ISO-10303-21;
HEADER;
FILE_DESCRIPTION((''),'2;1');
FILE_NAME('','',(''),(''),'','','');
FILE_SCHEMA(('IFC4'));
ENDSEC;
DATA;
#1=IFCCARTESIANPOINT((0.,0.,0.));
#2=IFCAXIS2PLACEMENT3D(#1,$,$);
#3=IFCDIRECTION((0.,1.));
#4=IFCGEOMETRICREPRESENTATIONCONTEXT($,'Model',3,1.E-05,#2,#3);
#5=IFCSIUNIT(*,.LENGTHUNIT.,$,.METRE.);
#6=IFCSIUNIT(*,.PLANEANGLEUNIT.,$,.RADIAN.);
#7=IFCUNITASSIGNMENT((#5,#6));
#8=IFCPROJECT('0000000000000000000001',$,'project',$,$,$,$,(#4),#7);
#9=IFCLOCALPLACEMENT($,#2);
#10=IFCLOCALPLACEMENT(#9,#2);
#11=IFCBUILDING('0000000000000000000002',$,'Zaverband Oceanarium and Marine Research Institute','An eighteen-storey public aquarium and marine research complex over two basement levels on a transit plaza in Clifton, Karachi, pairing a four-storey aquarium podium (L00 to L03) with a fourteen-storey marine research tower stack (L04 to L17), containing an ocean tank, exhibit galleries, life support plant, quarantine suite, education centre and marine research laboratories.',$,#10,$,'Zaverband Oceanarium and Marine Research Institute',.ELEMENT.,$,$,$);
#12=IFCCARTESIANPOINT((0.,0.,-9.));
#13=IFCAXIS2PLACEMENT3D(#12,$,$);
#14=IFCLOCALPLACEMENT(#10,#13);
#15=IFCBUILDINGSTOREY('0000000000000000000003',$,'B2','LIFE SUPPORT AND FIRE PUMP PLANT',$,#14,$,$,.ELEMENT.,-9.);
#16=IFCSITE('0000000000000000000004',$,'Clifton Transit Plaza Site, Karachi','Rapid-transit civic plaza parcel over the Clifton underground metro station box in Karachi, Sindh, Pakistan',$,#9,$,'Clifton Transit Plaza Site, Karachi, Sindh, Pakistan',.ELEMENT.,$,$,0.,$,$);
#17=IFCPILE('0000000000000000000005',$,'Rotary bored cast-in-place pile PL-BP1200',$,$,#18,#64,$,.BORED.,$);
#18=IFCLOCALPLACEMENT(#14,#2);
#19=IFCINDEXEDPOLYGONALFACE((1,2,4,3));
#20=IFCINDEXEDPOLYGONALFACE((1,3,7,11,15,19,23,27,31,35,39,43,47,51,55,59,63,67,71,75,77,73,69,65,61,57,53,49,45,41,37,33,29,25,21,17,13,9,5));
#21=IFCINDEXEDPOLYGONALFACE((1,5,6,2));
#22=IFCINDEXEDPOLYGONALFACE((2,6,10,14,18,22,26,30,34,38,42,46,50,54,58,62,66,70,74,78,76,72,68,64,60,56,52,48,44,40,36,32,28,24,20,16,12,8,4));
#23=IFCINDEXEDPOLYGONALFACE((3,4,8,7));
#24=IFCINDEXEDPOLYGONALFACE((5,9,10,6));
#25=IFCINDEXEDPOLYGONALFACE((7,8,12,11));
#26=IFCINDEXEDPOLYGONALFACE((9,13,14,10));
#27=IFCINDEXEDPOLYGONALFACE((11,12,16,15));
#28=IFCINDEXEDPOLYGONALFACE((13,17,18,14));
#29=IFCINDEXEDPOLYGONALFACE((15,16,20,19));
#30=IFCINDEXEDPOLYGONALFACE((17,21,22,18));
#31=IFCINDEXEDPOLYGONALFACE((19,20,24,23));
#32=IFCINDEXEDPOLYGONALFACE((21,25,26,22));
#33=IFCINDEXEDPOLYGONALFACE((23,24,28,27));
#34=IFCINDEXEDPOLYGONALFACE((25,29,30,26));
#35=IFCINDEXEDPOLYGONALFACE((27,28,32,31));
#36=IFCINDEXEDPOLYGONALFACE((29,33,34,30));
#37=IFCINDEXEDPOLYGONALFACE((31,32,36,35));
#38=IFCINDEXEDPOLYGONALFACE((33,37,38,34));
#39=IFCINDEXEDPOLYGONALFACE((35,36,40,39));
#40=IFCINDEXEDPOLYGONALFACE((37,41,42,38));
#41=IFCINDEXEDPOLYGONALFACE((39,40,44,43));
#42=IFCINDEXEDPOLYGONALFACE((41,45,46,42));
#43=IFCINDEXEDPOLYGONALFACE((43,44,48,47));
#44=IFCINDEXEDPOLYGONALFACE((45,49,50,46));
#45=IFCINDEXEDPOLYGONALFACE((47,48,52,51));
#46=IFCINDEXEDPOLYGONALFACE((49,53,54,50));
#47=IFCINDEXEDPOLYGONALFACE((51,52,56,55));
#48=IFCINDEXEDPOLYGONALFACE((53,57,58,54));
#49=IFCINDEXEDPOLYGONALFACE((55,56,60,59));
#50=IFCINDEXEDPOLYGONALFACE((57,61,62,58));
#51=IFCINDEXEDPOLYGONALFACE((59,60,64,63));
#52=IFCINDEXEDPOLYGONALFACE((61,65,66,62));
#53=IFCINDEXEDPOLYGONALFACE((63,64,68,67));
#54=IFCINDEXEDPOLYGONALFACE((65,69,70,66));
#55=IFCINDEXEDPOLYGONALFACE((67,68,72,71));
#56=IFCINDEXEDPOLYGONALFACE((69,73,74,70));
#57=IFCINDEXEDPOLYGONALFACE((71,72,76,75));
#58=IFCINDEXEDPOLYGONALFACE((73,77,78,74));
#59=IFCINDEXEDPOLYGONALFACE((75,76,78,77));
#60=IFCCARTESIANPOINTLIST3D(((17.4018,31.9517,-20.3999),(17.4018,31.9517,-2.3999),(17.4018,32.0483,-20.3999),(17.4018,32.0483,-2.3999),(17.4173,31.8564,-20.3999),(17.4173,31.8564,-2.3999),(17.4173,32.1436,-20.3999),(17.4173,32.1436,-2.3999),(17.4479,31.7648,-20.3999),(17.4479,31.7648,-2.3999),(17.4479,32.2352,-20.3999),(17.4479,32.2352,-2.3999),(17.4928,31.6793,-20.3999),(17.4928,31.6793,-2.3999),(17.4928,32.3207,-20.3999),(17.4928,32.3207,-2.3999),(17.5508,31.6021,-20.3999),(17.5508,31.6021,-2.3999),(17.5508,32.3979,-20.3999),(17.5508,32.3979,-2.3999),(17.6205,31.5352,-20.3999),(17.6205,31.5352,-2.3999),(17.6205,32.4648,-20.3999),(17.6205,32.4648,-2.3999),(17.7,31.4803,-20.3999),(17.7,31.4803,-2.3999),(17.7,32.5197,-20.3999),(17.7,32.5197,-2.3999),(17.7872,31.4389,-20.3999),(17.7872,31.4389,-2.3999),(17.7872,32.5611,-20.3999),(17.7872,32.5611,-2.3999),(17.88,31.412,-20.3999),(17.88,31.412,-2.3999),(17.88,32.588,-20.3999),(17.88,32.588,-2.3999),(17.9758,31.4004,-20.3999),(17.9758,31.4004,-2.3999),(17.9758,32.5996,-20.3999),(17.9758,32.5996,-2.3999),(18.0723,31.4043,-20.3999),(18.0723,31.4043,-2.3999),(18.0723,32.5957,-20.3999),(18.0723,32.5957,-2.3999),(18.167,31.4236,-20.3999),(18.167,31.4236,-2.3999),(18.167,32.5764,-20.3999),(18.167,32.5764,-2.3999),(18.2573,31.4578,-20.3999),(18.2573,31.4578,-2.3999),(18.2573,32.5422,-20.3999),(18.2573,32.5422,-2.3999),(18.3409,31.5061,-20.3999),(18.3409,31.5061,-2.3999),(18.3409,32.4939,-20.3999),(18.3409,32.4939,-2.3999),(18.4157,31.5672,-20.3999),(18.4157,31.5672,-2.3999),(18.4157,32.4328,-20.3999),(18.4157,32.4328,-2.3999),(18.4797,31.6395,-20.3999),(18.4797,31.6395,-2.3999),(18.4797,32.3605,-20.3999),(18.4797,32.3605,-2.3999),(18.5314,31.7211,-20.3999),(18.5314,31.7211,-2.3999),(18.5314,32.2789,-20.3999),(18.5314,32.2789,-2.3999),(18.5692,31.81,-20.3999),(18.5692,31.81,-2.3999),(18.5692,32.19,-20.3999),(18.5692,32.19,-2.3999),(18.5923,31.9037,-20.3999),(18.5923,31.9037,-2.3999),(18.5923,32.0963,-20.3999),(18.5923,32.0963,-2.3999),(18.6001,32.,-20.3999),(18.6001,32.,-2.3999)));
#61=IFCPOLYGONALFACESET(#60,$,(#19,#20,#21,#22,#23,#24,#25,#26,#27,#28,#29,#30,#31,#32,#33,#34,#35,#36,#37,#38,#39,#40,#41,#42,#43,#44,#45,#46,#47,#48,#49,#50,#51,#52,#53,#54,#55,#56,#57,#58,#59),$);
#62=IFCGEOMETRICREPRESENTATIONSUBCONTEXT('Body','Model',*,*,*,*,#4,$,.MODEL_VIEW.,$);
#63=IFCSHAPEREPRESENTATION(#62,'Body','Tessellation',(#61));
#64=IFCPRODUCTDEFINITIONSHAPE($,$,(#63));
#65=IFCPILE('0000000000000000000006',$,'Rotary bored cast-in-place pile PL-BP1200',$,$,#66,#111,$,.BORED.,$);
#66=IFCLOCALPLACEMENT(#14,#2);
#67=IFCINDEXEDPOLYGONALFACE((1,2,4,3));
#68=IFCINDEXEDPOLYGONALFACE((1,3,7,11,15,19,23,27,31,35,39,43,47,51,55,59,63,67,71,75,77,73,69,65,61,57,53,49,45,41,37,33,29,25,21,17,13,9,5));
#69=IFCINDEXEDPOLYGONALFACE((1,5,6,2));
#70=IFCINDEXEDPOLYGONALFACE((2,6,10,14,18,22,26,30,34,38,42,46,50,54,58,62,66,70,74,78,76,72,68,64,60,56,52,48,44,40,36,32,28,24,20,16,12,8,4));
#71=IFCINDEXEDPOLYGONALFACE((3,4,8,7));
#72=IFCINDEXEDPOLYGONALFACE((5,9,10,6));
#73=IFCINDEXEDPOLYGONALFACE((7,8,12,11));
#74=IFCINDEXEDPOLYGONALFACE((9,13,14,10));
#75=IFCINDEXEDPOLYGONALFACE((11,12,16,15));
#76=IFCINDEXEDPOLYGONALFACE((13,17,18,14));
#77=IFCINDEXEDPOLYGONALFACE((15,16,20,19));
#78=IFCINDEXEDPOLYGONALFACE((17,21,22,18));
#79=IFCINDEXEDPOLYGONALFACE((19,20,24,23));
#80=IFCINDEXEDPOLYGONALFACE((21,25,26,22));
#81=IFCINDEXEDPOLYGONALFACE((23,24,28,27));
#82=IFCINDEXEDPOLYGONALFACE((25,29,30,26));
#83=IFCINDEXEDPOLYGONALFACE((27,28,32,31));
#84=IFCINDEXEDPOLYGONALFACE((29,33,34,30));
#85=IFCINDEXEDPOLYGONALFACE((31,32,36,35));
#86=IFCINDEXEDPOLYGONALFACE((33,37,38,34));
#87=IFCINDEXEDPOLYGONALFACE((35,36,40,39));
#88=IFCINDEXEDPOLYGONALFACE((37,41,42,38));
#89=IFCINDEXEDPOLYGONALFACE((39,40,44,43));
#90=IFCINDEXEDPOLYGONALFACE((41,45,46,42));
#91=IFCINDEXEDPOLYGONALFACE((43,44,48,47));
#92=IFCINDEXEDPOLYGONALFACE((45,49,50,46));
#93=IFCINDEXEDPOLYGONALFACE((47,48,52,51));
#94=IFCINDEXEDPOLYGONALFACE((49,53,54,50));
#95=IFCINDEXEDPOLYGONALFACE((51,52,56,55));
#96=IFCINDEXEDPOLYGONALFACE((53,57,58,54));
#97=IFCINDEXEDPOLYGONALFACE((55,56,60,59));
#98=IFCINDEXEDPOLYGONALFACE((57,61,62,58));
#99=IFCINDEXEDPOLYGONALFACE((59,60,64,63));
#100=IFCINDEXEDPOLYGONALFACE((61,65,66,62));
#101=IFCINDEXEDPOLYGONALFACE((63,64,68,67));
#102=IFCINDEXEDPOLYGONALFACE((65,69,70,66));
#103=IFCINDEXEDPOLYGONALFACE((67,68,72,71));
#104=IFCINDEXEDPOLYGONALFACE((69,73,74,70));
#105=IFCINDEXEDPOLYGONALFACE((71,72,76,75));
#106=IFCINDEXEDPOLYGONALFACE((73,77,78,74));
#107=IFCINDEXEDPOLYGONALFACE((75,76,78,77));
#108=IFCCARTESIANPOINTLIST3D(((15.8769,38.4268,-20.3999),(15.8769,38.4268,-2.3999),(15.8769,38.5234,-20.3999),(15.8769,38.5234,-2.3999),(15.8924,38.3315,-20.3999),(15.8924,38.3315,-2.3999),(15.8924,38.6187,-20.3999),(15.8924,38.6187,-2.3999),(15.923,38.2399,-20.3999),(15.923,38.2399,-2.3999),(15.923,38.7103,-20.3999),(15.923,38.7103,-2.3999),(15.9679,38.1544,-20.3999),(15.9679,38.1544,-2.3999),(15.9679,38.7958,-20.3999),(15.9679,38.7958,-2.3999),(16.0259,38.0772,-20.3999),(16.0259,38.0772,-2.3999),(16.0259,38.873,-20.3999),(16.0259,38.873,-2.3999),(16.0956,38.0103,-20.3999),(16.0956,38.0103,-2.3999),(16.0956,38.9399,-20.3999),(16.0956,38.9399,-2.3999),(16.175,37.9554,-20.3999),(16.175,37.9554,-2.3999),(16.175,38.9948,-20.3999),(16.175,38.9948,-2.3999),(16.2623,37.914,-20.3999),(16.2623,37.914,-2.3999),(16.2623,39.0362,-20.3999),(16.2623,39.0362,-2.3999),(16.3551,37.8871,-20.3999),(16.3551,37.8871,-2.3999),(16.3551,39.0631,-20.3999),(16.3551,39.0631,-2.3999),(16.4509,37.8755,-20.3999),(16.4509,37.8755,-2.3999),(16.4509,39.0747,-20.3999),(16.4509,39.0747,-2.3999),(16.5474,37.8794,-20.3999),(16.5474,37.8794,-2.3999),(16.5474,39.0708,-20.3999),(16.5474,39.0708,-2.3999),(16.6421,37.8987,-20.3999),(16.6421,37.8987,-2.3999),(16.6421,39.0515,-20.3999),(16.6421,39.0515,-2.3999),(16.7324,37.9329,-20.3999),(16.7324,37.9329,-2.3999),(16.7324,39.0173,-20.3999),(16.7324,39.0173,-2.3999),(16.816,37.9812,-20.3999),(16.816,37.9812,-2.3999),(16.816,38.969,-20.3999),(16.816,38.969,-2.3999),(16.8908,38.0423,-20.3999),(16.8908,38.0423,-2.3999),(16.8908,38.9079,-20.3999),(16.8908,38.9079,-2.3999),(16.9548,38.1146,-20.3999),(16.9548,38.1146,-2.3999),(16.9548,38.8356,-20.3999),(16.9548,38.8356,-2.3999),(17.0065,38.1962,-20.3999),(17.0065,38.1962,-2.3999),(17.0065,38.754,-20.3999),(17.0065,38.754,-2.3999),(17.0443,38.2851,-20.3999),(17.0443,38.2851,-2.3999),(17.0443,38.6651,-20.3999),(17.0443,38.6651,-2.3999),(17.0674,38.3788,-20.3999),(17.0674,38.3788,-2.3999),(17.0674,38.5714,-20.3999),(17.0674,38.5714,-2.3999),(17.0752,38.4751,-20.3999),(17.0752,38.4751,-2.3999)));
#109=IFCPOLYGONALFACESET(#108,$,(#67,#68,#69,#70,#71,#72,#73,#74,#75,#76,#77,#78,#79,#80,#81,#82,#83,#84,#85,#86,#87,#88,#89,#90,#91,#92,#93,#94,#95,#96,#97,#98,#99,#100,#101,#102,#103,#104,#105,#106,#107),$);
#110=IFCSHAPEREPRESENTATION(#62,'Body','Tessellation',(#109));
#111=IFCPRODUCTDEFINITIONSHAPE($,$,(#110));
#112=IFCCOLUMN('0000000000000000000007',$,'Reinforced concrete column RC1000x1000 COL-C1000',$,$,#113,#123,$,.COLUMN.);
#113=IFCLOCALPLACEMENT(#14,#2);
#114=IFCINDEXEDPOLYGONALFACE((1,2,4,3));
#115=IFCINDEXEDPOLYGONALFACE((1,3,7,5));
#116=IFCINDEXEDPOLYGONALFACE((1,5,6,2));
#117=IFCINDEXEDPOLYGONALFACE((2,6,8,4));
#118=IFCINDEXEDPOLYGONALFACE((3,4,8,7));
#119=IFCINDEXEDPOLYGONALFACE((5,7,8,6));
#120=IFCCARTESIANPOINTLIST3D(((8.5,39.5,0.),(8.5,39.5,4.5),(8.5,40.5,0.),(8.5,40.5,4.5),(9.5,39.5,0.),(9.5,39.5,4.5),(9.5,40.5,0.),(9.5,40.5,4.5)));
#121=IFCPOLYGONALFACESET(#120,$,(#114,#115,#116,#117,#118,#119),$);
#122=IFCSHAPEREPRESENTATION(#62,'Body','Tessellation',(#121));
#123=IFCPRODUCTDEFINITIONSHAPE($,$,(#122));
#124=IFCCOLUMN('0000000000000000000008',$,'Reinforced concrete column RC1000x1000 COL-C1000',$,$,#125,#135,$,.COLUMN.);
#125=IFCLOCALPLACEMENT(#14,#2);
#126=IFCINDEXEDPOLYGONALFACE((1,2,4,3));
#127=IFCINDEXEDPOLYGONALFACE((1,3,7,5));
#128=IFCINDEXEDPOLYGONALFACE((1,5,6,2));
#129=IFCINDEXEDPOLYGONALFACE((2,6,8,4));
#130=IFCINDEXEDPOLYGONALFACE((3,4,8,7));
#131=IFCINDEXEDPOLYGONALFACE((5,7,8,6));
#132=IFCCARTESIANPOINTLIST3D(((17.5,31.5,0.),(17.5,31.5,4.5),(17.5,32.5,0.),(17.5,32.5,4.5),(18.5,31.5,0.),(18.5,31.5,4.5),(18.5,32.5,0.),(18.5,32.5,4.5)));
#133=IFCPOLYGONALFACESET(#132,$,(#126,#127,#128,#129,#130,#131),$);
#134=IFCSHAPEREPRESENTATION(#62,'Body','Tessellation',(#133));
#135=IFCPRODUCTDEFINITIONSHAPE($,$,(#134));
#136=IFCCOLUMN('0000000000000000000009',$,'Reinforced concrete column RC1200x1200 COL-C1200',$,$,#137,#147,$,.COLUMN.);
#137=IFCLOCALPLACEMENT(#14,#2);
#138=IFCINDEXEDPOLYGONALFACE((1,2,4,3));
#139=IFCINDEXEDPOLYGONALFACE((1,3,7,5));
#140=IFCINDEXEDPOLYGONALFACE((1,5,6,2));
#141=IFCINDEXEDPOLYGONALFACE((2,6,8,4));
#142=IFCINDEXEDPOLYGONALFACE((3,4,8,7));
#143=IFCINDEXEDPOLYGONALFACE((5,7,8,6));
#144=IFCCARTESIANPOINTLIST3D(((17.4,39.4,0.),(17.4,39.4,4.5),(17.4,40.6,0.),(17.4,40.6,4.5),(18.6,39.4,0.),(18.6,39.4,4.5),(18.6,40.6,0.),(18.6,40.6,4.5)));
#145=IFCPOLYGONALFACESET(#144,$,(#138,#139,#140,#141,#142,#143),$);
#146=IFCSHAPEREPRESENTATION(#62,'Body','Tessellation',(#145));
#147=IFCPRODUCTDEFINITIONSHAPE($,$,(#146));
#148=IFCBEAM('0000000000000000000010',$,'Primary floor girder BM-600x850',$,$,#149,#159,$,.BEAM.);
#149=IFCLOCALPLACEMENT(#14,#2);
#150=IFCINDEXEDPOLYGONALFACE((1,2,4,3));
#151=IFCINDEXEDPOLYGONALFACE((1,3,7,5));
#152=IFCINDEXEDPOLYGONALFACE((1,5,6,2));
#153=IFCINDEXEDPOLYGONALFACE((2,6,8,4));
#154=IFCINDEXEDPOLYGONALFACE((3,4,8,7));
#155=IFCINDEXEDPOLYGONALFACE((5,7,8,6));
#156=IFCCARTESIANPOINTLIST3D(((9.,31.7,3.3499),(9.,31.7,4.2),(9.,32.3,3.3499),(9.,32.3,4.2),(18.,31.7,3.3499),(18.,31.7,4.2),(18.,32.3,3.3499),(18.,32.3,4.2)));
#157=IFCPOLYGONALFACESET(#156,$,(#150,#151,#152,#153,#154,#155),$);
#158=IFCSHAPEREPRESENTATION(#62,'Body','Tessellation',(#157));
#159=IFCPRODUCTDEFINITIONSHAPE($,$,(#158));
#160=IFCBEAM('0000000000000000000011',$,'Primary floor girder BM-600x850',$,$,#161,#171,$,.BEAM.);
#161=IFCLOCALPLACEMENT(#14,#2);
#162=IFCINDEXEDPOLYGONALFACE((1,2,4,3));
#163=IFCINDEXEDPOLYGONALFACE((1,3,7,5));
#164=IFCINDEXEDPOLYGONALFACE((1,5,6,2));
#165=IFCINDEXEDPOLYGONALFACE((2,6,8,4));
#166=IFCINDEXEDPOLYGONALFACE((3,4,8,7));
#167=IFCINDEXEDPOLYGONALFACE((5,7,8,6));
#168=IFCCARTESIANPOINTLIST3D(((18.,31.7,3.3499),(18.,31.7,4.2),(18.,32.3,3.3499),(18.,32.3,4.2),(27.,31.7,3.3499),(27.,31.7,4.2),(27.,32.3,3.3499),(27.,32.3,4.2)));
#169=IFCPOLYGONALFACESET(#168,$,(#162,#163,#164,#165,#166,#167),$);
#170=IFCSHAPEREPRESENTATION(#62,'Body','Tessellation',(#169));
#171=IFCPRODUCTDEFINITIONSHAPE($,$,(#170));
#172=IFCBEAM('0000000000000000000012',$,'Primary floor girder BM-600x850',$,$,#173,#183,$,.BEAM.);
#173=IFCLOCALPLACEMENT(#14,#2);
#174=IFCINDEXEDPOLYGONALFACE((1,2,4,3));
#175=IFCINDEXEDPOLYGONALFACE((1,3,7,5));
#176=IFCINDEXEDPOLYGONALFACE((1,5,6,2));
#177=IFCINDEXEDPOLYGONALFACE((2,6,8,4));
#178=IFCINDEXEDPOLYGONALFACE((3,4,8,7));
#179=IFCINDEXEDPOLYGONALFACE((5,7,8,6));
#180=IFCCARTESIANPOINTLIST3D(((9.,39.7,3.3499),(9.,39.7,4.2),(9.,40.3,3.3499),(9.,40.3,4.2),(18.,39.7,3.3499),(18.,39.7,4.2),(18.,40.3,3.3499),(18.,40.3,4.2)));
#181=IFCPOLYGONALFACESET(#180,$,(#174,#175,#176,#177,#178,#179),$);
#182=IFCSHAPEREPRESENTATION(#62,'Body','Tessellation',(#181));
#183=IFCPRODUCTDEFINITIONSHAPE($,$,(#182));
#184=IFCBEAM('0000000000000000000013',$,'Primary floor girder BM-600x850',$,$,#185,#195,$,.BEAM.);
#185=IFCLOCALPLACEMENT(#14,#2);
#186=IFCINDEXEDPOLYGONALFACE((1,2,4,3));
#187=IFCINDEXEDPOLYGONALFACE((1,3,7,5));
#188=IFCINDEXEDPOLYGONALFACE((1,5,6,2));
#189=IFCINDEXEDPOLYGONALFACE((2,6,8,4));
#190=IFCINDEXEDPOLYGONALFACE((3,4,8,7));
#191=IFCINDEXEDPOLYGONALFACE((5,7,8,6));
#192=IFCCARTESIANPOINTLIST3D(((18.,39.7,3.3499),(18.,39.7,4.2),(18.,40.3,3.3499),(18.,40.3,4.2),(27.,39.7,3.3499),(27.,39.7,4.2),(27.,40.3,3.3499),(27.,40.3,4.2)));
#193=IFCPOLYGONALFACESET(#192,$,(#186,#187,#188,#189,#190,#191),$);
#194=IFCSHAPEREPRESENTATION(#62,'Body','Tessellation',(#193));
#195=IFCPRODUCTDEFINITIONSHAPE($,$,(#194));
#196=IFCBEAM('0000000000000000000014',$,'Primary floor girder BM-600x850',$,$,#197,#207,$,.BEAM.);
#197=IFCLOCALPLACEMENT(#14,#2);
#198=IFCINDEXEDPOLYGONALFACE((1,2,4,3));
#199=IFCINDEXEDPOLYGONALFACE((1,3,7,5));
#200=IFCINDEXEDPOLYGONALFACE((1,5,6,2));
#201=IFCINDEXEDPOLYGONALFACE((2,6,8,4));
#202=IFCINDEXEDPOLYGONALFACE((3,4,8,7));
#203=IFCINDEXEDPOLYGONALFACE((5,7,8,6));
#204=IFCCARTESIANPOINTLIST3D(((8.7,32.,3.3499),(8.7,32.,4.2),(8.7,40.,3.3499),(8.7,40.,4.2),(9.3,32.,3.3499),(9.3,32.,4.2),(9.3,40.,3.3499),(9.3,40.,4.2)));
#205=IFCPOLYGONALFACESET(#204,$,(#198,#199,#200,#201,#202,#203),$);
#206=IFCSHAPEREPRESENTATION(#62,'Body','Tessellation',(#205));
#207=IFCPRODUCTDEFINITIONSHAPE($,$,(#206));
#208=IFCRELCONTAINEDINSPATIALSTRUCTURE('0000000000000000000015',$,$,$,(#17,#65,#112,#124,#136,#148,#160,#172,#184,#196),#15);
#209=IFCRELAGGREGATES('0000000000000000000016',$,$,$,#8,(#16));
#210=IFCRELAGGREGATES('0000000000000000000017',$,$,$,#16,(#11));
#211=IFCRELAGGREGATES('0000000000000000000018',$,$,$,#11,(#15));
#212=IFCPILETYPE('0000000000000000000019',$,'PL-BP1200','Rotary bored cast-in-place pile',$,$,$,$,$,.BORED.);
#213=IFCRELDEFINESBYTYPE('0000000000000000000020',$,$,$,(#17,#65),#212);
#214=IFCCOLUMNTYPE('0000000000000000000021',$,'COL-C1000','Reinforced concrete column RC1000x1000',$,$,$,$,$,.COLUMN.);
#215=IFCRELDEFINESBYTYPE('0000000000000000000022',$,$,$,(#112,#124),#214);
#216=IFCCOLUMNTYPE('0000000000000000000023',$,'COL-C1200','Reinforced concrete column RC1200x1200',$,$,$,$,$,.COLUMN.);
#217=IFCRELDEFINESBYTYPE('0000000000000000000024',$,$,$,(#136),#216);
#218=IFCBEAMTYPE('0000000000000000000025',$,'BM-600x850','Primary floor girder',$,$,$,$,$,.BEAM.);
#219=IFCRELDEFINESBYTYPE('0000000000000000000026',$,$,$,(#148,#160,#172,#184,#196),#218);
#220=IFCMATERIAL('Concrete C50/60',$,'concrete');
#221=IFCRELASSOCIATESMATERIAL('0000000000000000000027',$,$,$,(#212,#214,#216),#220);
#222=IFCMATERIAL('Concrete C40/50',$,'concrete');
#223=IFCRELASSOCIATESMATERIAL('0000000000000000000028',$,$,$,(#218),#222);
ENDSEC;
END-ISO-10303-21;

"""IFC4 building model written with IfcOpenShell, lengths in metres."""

from ifc_helpers import new_model, si_unit, direction, frame, origin, origin_2d, place, context, subcontext, project, spatial, rectangle, circle, extrude, material, material_profile, profile_set, type_object, element, save


model = new_model("IFC4")

# Units and contexts
model_context = context("Model", 3, precision=1e-05, world=origin(), true_north=direction((0.0, 1.0)))
body_context = subcontext(model_context, "Body", "Model", "MODEL_VIEW")
ifc_project = project(units=[si_unit("LENGTHUNIT", "METRE"), si_unit("PLANEANGLEUNIT", "RADIAN")], contexts=[model_context])

# Site, building, storey
site_placement = place(None, origin())
site = spatial("IfcSite", under=ifc_project, at=site_placement, Name="Clifton Transit Plaza Site, Karachi", Description="Rapid-transit civic plaza parcel over the Clifton underground metro station box in Karachi, Sindh, Pakistan", LongName="Clifton Transit Plaza Site, Karachi, Sindh, Pakistan", CompositionType="ELEMENT", RefElevation=0.0)
building_placement = place(site_placement, origin())
building = spatial("IfcBuilding", under=site, at=building_placement, Name="Zaverband Oceanarium and Marine Research Institute", Description="An eighteen-storey public aquarium and marine research complex over two basement levels on a transit plaza in Clifton, Karachi, pairing a four-storey aquarium podium (L00 to L03) with a fourteen-storey marine research tower stack (L04 to L17), containing an ocean tank, exhibit galleries, life support plant, quarantine suite, education centre and marine research laboratories.", LongName="Zaverband Oceanarium and Marine Research Institute", CompositionType="ELEMENT")
storey_placement = place(building_placement, frame((0.0, 0.0, -9.0)))
storey = spatial("IfcBuildingStorey", under=building, at=storey_placement, Name="B2", Description="LIFE SUPPORT AND FIRE PUMP PLANT", CompositionType="ELEMENT", Elevation=-9.0)

# Shared definitions
ifc_material_1 = material(Name="Concrete C50/60", Category="concrete")

# Piles
ifc_material_profile_1 = material_profile(ifc_material_1, circle(Radius=0.6001, at=origin_2d()), Name="BP1200")
ifc_profile_set_1 = profile_set([ifc_material_profile_1], Name="Concrete C50/60")
pile_type = type_object("IfcPileType", Name="PL-BP1200", Description="Rotary bored cast-in-place pile", PredefinedType="BORED", material=ifc_profile_set_1)
for number, where, z_axis, x_axis, name in (
    (1, (18.0, 32.0, -2.3999), (0.0, 0.0, -1.0), (1.0, 0.0, 0.0), "Rotary bored cast-in-place pile PL-BP1200"),
    (2, (16.4751, 38.4751, -2.3999), (0.0, 0.0, -1.0), (1.0, 0.0, 0.0), "Rotary bored cast-in-place pile PL-BP1200"),
):
    element("IfcPile", number, at=place(storey_placement, frame(where, z_axis=z_axis, x_axis=x_axis)), inside=storey, type_object=pile_type, Name=name, PredefinedType="BORED", context=body_context, shape_type="SweptSolid", body=[
        extrude(circle(Radius=0.6001, at=origin_2d()), origin(), (0.0, 0.0, 1.0), 18.0),
    ])

# Columns
ifc_material_profile_2 = material_profile(ifc_material_1, rectangle(XDim=1.0, YDim=1.0, at=origin_2d()), Name="RC1000x1000")
ifc_profile_set_2 = profile_set([ifc_material_profile_2], Name="Concrete C50/60")
column_type_1 = type_object("IfcColumnType", Name="COL-C1000", Description="Reinforced concrete column RC1000x1000", PredefinedType="COLUMN", material=ifc_profile_set_2)
for number, where, z_axis, x_axis, name in (
    (3, (9.0, 40.0, 0.0), (0.0, 0.0, 1.0), (1.0, 0.0, 0.0), "Reinforced concrete column RC1000x1000 COL-C1000"),
    (4, (18.0, 32.0, 0.0), (0.0, 0.0, 1.0), (1.0, 0.0, 0.0), "Reinforced concrete column RC1000x1000 COL-C1000"),
):
    element("IfcColumn", number, at=place(storey_placement, frame(where, z_axis=z_axis, x_axis=x_axis)), inside=storey, type_object=column_type_1, Name=name, PredefinedType="COLUMN", context=body_context, shape_type="SweptSolid", body=[
        extrude(rectangle(XDim=1.0, YDim=1.0, at=origin_2d()), origin(), (0.0, 0.0, 1.0), 4.5),
    ])
ifc_material_profile_3 = material_profile(ifc_material_1, rectangle(XDim=1.2, YDim=1.2, at=origin_2d()), Name="RC1200x1200")
ifc_profile_set_3 = profile_set([ifc_material_profile_3], Name="Concrete C50/60")
column_type_2 = type_object("IfcColumnType", Name="COL-C1200", Description="Reinforced concrete column RC1200x1200", PredefinedType="COLUMN", material=ifc_profile_set_3)
column_placement = place(storey_placement, frame((18.0, 40.0, 0.0), z_axis=(0.0, 0.0, 1.0), x_axis=(1.0, 0.0, 0.0)))
element("IfcColumn", 5, at=column_placement, inside=storey, type_object=column_type_2, Name="Reinforced concrete column RC1200x1200 COL-C1200", PredefinedType="COLUMN", context=body_context, shape_type="SweptSolid", body=[
    extrude(rectangle(XDim=1.2, YDim=1.2, at=origin_2d()), origin(), (0.0, 0.0, 1.0), 4.5),
])

# Beams
ifc_material_2 = material(Name="Concrete C40/50", Category="concrete")
ifc_material_profile_4 = material_profile(ifc_material_2, rectangle(XDim=0.6001, YDim=0.8501, at=origin_2d()), Name="RC600x850")
ifc_profile_set_4 = profile_set([ifc_material_profile_4], Name="Concrete C40/50")
beam_type_1 = type_object("IfcBeamType", Name="BM-600x850", Description="Primary floor girder", PredefinedType="BEAM", material=ifc_profile_set_4)
for number, where, z_axis, x_axis, name in (
    (6, (9.0, 32.0, 3.7749), (1.0, 0.0, 0.0), (0.0, 1.0, 0.0), "Primary floor girder BM-600x850"),
    (7, (18.0, 32.0, 3.7749), (1.0, 0.0, 0.0), (0.0, 1.0, 0.0), "Primary floor girder BM-600x850"),
    (8, (9.0, 40.0, 3.7749), (1.0, 0.0, 0.0), (0.0, 1.0, 0.0), "Primary floor girder BM-600x850"),
    (9, (18.0, 40.0, 3.7749), (1.0, 0.0, 0.0), (0.0, 1.0, 0.0), "Primary floor girder BM-600x850"),
):
    element("IfcBeam", number, at=place(storey_placement, frame(where, z_axis=z_axis, x_axis=x_axis)), inside=storey, type_object=beam_type_1, Name=name, PredefinedType="BEAM", context=body_context, shape_type="SweptSolid", body=[
        extrude(rectangle(XDim=0.6001, YDim=0.8501, at=origin_2d()), origin(), (0.0, 0.0, 1.0), 9.0),
    ])
for number, where, z_axis, x_axis, name in (
    (10, (9.0, 32.0, 3.7749), (0.0, 1.0, 0.0), (-1.0, 0.0, 0.0), "Primary floor girder BM-600x850"),
):
    element("IfcBeam", number, at=place(storey_placement, frame(where, z_axis=z_axis, x_axis=x_axis)), inside=storey, type_object=beam_type_1, Name=name, PredefinedType="BEAM", context=body_context, shape_type="SweptSolid", body=[
        extrude(rectangle(XDim=0.6001, YDim=0.8501, at=origin_2d()), origin(), (0.0, 0.0, 1.0), 8.0),
    ])

save(model, "model.ifc")
